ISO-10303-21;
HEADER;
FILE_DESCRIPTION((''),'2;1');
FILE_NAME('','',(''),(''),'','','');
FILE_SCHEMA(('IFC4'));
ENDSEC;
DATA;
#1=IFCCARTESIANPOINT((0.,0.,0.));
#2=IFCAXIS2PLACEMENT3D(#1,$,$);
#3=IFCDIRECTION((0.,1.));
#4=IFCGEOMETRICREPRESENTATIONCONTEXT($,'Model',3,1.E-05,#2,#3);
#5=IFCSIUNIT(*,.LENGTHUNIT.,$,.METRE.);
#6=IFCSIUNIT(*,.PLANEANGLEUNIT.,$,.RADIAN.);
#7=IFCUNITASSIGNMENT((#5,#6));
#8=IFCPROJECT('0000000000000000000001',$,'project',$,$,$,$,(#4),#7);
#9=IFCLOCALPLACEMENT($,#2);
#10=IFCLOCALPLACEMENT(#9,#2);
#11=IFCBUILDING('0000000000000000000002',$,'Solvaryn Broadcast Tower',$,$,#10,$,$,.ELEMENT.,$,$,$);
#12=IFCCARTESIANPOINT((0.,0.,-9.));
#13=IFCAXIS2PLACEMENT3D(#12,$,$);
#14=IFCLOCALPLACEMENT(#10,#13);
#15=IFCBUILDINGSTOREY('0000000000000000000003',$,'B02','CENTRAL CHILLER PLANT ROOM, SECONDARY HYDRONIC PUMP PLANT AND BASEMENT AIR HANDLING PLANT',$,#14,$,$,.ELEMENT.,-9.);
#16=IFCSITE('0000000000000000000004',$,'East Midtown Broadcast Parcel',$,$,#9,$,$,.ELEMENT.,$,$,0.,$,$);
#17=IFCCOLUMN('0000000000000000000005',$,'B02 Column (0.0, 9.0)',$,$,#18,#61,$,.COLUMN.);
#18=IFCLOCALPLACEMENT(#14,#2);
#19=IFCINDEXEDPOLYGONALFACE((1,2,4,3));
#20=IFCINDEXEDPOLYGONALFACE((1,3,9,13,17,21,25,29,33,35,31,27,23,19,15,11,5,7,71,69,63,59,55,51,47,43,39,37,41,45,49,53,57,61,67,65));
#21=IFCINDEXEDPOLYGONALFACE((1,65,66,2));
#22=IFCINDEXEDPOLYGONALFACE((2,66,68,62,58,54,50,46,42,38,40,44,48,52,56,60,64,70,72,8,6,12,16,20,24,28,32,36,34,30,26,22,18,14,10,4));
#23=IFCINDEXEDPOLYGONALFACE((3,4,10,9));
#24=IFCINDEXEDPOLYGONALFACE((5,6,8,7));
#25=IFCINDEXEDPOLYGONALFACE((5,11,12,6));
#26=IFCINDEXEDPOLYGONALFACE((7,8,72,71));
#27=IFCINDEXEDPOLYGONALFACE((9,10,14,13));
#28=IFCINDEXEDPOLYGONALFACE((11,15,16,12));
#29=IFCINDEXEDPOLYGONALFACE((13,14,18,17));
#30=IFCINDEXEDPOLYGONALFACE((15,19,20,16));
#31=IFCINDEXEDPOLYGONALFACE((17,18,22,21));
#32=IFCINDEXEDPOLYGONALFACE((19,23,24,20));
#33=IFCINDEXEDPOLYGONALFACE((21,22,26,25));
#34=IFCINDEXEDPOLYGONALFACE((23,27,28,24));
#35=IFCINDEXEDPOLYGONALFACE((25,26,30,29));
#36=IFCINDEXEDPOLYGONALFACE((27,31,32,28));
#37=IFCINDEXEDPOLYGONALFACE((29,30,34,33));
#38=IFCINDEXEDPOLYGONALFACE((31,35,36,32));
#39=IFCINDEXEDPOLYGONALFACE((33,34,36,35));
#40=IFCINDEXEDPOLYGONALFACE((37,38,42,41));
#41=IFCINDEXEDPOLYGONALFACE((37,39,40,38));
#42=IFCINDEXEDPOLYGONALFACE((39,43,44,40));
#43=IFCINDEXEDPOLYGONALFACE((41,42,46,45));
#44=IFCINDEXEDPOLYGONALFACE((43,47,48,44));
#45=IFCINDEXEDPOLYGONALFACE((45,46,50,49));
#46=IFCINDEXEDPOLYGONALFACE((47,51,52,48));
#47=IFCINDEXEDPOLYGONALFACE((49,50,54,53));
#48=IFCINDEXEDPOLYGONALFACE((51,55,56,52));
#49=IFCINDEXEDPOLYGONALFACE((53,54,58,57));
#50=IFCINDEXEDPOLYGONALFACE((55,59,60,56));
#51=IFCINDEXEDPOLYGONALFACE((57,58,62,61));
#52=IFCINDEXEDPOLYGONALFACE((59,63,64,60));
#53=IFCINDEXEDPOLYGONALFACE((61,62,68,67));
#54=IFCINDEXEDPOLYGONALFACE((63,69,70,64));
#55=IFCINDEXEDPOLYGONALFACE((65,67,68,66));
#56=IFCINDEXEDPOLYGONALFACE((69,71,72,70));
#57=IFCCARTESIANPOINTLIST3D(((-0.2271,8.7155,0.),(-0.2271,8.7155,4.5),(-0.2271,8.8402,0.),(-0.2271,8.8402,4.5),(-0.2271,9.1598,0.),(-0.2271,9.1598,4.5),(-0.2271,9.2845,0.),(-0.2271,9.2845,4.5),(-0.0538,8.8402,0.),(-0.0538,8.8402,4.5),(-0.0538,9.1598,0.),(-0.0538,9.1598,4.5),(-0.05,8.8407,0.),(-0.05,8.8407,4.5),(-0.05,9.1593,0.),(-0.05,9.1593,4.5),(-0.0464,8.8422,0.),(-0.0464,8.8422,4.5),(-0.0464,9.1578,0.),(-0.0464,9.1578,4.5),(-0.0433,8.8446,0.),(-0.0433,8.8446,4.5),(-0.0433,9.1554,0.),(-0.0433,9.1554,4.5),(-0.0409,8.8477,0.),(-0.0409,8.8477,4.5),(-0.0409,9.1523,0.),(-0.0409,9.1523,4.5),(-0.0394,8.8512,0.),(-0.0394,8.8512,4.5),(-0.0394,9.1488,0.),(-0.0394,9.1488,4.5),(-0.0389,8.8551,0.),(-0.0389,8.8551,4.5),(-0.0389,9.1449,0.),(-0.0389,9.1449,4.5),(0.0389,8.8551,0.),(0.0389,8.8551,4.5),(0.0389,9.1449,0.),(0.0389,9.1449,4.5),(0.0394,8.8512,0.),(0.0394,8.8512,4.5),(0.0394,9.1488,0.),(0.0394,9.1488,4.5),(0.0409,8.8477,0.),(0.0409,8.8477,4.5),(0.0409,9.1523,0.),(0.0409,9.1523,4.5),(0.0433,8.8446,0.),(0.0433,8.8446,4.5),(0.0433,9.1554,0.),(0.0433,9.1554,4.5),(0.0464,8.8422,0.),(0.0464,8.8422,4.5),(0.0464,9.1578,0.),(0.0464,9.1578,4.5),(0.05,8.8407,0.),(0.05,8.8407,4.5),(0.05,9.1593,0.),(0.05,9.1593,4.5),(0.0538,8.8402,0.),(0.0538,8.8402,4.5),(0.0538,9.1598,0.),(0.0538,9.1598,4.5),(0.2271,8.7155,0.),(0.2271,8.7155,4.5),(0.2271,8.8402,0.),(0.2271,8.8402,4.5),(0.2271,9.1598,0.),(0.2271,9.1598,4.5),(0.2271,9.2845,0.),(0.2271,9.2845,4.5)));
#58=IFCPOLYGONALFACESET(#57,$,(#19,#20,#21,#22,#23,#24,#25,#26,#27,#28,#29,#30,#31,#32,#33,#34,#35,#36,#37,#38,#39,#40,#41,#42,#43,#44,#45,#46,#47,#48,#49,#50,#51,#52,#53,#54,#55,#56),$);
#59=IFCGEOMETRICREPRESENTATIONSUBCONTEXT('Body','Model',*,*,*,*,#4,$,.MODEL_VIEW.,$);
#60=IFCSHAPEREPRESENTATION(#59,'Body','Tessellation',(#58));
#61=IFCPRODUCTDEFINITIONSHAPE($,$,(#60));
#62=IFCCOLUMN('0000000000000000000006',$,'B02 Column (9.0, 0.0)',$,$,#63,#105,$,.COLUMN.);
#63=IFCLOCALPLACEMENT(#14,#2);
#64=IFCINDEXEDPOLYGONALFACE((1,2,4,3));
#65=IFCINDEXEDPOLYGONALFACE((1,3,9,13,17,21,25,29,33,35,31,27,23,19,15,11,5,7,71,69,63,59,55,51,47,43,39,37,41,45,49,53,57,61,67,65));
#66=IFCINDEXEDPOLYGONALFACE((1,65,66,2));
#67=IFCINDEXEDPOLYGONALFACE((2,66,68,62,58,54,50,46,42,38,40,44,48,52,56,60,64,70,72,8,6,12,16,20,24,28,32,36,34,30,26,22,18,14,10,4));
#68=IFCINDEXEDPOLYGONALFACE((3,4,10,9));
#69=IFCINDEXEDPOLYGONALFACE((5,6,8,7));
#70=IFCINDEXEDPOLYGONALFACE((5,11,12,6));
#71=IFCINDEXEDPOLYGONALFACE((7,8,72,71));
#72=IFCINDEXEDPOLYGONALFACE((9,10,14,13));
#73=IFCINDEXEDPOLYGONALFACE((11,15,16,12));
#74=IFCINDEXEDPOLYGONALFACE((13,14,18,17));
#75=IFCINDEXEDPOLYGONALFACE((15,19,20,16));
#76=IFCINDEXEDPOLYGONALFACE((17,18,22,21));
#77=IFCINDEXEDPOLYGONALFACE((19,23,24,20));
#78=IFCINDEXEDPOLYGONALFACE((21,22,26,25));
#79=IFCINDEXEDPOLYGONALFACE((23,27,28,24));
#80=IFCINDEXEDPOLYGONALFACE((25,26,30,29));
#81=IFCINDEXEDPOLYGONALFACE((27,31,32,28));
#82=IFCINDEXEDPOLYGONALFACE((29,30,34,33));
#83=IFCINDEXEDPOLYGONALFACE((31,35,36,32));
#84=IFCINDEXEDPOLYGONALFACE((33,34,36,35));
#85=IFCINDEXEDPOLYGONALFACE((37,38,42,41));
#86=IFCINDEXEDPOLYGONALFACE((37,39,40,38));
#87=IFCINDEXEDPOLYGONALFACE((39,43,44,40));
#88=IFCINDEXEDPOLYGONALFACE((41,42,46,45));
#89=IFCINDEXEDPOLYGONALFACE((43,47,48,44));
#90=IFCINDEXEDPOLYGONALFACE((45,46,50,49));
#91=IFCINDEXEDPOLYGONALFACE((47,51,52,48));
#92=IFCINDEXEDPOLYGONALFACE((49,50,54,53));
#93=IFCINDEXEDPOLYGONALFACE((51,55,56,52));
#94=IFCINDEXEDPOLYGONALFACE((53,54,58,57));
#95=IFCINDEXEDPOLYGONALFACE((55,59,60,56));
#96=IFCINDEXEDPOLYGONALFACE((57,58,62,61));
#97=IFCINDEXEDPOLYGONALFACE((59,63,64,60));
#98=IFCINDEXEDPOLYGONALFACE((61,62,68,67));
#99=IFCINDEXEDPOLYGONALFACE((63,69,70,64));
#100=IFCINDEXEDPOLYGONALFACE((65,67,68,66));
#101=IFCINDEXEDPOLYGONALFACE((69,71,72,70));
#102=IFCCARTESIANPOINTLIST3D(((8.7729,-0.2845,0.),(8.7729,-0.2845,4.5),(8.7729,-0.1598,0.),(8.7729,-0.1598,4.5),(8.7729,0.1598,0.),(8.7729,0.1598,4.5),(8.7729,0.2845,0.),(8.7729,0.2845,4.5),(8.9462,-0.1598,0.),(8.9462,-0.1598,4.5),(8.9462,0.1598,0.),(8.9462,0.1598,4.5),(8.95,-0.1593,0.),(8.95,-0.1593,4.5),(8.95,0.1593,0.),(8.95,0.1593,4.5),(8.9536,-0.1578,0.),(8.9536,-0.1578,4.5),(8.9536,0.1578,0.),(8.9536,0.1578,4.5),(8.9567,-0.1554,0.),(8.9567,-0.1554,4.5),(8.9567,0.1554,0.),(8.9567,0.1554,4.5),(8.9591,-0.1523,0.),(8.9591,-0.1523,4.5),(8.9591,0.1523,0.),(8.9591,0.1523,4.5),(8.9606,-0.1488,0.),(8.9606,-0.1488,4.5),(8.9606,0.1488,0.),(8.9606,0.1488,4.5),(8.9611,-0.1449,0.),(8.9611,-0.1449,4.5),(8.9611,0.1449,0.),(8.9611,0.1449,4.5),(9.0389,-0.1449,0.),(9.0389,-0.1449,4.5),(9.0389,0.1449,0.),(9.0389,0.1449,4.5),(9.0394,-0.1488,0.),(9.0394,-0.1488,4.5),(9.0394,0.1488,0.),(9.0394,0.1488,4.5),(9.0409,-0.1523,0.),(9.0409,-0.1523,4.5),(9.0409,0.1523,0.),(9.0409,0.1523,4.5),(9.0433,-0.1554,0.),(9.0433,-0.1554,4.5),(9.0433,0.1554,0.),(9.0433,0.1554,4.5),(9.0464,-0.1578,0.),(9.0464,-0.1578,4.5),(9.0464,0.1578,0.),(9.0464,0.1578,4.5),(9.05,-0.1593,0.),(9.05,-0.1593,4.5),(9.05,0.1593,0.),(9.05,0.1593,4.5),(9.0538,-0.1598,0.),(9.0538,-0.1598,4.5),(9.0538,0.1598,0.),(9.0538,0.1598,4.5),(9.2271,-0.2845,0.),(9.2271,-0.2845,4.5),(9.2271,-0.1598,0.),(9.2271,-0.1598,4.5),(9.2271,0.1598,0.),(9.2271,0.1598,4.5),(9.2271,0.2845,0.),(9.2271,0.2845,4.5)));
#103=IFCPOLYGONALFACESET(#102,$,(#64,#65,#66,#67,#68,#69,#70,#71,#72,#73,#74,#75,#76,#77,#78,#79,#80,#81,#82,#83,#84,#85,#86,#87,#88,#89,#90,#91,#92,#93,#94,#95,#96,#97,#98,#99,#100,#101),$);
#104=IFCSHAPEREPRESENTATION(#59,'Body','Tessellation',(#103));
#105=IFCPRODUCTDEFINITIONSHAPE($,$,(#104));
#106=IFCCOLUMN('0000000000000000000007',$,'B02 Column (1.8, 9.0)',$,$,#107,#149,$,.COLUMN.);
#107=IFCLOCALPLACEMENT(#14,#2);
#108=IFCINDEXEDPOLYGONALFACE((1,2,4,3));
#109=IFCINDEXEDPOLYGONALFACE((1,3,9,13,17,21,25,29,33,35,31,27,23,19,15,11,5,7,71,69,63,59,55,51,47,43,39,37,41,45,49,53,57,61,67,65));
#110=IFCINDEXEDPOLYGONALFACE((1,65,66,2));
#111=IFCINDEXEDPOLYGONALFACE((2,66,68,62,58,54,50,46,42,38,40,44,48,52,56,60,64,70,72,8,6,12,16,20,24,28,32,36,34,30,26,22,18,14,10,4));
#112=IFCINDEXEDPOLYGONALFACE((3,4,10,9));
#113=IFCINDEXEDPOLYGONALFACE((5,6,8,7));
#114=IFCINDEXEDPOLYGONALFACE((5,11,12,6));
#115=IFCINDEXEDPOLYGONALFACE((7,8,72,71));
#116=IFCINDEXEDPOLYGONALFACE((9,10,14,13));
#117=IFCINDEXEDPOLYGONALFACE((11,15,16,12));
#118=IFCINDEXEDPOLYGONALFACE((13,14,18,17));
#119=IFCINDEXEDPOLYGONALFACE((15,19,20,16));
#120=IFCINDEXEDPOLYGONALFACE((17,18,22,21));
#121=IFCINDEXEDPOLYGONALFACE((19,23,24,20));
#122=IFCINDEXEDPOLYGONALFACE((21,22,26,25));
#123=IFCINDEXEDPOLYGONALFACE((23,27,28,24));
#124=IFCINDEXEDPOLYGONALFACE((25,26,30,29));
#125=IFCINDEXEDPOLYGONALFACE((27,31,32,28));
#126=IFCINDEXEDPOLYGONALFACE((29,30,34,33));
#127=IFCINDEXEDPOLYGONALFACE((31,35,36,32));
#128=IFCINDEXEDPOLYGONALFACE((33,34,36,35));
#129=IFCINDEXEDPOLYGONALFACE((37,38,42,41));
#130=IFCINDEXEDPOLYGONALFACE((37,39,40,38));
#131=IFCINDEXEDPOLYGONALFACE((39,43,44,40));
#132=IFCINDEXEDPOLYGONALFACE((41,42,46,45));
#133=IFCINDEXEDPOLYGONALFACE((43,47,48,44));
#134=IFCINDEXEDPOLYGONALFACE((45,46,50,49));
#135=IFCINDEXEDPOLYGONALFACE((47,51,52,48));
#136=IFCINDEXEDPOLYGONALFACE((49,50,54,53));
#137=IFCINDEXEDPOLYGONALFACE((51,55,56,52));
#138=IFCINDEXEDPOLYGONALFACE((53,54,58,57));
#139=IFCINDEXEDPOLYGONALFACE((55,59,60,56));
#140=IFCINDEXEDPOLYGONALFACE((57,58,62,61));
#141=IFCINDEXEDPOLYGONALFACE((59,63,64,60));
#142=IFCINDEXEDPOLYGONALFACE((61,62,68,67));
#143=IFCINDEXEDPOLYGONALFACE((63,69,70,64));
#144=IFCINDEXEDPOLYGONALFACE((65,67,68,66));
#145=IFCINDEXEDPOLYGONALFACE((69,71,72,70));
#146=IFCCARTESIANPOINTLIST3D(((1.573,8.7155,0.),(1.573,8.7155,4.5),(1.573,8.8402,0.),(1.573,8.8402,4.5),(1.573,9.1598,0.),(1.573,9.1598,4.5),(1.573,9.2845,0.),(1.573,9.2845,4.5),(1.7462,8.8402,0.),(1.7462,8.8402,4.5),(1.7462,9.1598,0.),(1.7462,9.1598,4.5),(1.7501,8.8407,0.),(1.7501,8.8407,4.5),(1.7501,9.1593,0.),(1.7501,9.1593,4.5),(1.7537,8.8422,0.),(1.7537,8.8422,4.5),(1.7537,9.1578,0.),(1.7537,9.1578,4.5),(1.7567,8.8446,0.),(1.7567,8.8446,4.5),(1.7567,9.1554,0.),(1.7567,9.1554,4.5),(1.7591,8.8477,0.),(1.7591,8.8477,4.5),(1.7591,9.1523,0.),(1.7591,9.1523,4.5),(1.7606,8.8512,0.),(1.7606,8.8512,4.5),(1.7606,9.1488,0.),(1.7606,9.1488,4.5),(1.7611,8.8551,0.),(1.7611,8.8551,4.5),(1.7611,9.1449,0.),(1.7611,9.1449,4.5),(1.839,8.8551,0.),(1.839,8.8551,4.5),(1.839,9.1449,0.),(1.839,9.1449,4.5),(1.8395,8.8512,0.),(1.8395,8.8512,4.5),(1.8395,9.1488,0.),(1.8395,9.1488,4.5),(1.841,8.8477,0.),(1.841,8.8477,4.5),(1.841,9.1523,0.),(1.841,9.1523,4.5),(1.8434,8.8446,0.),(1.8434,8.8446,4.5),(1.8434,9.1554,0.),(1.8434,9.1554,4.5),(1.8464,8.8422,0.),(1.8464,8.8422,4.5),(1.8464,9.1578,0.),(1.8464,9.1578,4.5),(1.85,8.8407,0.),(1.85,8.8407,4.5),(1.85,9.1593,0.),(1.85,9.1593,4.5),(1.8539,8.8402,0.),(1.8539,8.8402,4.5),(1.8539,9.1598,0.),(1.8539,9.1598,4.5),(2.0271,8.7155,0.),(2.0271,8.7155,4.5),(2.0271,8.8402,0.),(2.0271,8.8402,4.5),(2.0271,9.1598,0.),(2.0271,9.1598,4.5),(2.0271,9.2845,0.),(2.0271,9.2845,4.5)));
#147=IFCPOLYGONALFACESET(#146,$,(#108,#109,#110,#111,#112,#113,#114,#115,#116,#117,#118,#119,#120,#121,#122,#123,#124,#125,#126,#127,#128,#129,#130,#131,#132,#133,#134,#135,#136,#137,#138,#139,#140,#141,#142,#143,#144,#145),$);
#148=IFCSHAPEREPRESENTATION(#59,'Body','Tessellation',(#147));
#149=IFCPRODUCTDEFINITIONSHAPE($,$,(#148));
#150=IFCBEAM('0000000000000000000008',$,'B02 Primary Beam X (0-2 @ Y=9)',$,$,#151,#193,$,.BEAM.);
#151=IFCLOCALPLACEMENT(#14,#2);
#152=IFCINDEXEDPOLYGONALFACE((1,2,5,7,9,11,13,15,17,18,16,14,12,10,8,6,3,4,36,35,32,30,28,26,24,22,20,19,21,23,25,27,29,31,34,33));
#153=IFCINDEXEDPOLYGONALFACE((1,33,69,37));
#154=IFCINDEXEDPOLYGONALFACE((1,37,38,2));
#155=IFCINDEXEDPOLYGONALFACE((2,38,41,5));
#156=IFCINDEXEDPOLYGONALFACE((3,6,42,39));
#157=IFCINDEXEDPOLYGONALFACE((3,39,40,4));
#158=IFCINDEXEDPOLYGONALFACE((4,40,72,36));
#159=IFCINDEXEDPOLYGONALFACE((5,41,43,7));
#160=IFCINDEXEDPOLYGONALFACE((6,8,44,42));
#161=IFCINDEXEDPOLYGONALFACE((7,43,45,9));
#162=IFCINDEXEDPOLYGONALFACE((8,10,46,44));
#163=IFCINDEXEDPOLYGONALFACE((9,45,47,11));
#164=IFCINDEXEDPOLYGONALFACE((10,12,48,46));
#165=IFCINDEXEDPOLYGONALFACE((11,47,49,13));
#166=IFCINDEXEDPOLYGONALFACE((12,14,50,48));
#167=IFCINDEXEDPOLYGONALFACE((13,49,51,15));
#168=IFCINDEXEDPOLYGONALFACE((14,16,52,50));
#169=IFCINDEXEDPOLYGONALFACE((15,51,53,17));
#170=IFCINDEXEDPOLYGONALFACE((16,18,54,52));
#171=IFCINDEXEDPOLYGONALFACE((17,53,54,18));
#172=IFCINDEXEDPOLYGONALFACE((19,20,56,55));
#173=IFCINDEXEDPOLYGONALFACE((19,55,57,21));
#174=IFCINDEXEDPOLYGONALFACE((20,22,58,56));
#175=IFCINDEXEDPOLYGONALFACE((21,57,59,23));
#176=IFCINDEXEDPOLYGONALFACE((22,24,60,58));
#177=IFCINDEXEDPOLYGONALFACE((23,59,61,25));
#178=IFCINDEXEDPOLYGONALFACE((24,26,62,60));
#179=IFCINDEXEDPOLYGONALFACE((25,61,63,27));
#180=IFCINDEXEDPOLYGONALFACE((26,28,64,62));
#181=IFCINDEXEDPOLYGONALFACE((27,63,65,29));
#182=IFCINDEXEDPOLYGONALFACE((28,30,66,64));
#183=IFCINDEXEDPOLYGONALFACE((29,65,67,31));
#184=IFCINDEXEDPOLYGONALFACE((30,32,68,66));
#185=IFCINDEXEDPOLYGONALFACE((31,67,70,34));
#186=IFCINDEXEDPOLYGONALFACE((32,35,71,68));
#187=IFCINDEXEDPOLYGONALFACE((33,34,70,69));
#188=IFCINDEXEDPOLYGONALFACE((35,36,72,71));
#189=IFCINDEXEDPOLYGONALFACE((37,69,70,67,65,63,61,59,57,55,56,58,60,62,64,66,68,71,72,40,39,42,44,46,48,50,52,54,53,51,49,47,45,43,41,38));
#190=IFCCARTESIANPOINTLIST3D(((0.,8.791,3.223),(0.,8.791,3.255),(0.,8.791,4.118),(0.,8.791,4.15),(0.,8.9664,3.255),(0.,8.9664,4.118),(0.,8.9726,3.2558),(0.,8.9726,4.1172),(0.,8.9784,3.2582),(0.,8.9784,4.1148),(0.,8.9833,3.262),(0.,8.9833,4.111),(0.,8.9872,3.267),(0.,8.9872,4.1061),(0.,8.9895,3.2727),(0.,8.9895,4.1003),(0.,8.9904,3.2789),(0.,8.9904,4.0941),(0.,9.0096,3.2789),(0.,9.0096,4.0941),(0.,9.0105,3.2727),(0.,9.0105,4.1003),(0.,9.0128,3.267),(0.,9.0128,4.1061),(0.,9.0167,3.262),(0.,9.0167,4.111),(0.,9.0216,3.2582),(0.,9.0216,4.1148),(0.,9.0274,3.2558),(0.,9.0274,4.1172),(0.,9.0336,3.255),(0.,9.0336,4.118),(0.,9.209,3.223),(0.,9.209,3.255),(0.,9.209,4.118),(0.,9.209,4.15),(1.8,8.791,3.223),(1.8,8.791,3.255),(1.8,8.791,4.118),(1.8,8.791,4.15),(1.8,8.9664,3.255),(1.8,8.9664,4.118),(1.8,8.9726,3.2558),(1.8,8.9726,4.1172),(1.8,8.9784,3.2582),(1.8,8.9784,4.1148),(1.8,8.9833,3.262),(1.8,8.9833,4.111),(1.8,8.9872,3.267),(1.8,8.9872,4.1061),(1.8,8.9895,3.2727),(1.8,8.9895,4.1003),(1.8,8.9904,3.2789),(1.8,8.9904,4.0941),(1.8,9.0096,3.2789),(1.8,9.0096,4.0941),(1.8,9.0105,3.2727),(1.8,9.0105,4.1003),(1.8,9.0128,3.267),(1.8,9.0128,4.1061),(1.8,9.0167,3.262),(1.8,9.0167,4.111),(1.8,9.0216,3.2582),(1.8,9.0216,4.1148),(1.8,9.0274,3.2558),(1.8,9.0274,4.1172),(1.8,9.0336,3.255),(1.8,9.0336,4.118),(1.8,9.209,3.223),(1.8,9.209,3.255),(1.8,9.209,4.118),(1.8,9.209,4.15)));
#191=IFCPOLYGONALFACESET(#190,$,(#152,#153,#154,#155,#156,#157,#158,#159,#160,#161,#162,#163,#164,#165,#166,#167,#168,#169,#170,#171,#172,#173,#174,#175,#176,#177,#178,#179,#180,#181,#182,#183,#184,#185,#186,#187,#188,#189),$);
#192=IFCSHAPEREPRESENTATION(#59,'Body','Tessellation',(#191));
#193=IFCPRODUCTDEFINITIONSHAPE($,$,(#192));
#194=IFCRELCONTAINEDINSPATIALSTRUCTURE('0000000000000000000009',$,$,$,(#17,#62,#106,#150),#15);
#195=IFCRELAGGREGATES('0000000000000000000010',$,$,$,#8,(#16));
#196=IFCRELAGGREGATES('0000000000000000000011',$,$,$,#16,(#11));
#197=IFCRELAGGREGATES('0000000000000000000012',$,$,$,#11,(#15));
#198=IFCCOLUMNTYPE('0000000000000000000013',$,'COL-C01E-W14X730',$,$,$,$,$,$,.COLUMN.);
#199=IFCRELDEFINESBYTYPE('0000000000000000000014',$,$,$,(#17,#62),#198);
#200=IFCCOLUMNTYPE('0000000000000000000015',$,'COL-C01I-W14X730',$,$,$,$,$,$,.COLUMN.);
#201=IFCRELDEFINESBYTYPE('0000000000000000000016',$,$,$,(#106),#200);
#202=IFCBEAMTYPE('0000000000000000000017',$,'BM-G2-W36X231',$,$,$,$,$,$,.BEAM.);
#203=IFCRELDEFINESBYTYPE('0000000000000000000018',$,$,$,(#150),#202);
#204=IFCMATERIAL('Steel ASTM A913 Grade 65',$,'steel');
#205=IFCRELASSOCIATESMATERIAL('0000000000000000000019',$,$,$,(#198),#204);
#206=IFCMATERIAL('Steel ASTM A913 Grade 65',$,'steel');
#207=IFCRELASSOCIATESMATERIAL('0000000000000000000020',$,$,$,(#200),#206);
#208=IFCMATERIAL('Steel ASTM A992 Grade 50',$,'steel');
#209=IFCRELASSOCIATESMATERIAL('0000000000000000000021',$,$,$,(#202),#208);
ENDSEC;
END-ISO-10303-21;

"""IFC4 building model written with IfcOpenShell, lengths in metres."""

from ifc_helpers import new_model, si_unit, direction, frame, origin, origin_2d, place, context, subcontext, project, spatial, i_section, extrude, material, material_profile, profile_set, type_object, element, save


model = new_model("IFC4")

# Units and contexts
model_context = context("Model", 3, precision=1e-05, world=origin(), true_north=direction((0.0, 1.0)))
body_context = subcontext(model_context, "Body", "Model", "MODEL_VIEW")
ifc_project = project(units=[si_unit("LENGTHUNIT", "METRE"), si_unit("PLANEANGLEUNIT", "RADIAN")], contexts=[model_context])

# Site, building, storey
site_placement = place(None, origin())
site = spatial("IfcSite", under=ifc_project, at=site_placement, Name="East Midtown Broadcast Parcel", CompositionType="ELEMENT", RefElevation=0.0)
building_placement = place(site_placement, origin())
building = spatial("IfcBuilding", under=site, at=building_placement, Name="Solvaryn Broadcast Tower", CompositionType="ELEMENT")
storey_placement = place(building_placement, frame((0.0, 0.0, -9.0)))
storey = spatial("IfcBuildingStorey", under=building, at=storey_placement, Name="B02", Description="CENTRAL CHILLER PLANT ROOM, SECONDARY HYDRONIC PUMP PLANT AND BASEMENT AIR HANDLING PLANT", CompositionType="ELEMENT", Elevation=-9.0)

# Columns
ifc_material_1 = material(Name="Steel ASTM A913 Grade 65", Category="steel")
ifc_material_profile_1 = material_profile(ifc_material_1, i_section(OverallWidth=0.4541, OverallDepth=0.5691, WebThickness=0.0779, FlangeThickness=0.1248, FilletRadius=0.0149, at=origin_2d()))
ifc_profile_set_1 = profile_set([ifc_material_profile_1], Name="Steel ASTM A913 Grade 65")
column_type_1 = type_object("IfcColumnType", Name="COL-C01E-W14X730", PredefinedType="COLUMN", material=ifc_profile_set_1)
for number, where, z_axis, x_axis, name in (
    (1, (0.0, 9.0, 0.0), (0.0, 0.0, 1.0), (1.0, 0.0, 0.0), "B02 Column (0.0, 9.0)"),
    (2, (9.0, 0.0, 0.0), (0.0, 0.0, 1.0), (1.0, 0.0, 0.0), "B02 Column (9.0, 0.0)"),
):
    element("IfcColumn", number, at=place(storey_placement, frame(where, z_axis=z_axis, x_axis=x_axis)), inside=storey, type_object=column_type_1, Name=name, PredefinedType="COLUMN", context=body_context, shape_type="SweptSolid", body=[
        extrude(i_section(OverallWidth=0.4541, OverallDepth=0.5691, WebThickness=0.0779, FlangeThickness=0.1248, FilletRadius=0.0149, at=origin_2d()), origin(), (0.0, 0.0, 1.0), 4.5),
    ])
ifc_material_2 = material(Name="Steel ASTM A913 Grade 65", Category="steel")
ifc_material_profile_2 = material_profile(ifc_material_2, i_section(OverallWidth=0.4541, OverallDepth=0.5691, WebThickness=0.0779, FlangeThickness=0.1248, FilletRadius=0.0149, at=origin_2d()))
ifc_profile_set_2 = profile_set([ifc_material_profile_2], Name="Steel ASTM A913 Grade 65")
column_type_2 = type_object("IfcColumnType", Name="COL-C01I-W14X730", PredefinedType="COLUMN", material=ifc_profile_set_2)
column_placement = place(storey_placement, frame((1.8, 9.0, 0.0), z_axis=(0.0, 0.0, 1.0), x_axis=(1.0, 0.0, 0.0)))
element("IfcColumn", 3, at=column_placement, inside=storey, type_object=column_type_2, Name="B02 Column (1.8, 9.0)", PredefinedType="COLUMN", context=body_context, shape_type="SweptSolid", body=[
    extrude(i_section(OverallWidth=0.4541, OverallDepth=0.5691, WebThickness=0.0779, FlangeThickness=0.1248, FilletRadius=0.0149, at=origin_2d()), origin(), (0.0, 0.0, 1.0), 4.5),
])

# Beam
ifc_material_3 = material(Name="Steel ASTM A992 Grade 50", Category="steel")
ifc_material_profile_3 = material_profile(ifc_material_3, i_section(OverallWidth=0.418, OverallDepth=0.927, WebThickness=0.0193, FlangeThickness=0.032, FilletRadius=0.0239, at=origin_2d()))
ifc_profile_set_3 = profile_set([ifc_material_profile_3], Name="Steel ASTM A992 Grade 50")
beam_type_1 = type_object("IfcBeamType", Name="BM-G2-W36X231", PredefinedType="BEAM", material=ifc_profile_set_3)
beam_1_placement = place(storey_placement, frame((0.0, 9.0, 3.6865), z_axis=(1.0, 0.0, 0.0), x_axis=(0.0, 1.0, 0.0)))
element("IfcBeam", 4, at=beam_1_placement, inside=storey, type_object=beam_type_1, Name="B02 Primary Beam X (0-2 @ Y=9)", PredefinedType="BEAM", context=body_context, shape_type="SweptSolid", body=[
    extrude(i_section(OverallWidth=0.418, OverallDepth=0.927, WebThickness=0.0193, FlangeThickness=0.032, FilletRadius=0.0239, at=origin_2d()), origin(), (0.0, 0.0, 1.0), 1.8),
])

save(model, "model.ifc")
